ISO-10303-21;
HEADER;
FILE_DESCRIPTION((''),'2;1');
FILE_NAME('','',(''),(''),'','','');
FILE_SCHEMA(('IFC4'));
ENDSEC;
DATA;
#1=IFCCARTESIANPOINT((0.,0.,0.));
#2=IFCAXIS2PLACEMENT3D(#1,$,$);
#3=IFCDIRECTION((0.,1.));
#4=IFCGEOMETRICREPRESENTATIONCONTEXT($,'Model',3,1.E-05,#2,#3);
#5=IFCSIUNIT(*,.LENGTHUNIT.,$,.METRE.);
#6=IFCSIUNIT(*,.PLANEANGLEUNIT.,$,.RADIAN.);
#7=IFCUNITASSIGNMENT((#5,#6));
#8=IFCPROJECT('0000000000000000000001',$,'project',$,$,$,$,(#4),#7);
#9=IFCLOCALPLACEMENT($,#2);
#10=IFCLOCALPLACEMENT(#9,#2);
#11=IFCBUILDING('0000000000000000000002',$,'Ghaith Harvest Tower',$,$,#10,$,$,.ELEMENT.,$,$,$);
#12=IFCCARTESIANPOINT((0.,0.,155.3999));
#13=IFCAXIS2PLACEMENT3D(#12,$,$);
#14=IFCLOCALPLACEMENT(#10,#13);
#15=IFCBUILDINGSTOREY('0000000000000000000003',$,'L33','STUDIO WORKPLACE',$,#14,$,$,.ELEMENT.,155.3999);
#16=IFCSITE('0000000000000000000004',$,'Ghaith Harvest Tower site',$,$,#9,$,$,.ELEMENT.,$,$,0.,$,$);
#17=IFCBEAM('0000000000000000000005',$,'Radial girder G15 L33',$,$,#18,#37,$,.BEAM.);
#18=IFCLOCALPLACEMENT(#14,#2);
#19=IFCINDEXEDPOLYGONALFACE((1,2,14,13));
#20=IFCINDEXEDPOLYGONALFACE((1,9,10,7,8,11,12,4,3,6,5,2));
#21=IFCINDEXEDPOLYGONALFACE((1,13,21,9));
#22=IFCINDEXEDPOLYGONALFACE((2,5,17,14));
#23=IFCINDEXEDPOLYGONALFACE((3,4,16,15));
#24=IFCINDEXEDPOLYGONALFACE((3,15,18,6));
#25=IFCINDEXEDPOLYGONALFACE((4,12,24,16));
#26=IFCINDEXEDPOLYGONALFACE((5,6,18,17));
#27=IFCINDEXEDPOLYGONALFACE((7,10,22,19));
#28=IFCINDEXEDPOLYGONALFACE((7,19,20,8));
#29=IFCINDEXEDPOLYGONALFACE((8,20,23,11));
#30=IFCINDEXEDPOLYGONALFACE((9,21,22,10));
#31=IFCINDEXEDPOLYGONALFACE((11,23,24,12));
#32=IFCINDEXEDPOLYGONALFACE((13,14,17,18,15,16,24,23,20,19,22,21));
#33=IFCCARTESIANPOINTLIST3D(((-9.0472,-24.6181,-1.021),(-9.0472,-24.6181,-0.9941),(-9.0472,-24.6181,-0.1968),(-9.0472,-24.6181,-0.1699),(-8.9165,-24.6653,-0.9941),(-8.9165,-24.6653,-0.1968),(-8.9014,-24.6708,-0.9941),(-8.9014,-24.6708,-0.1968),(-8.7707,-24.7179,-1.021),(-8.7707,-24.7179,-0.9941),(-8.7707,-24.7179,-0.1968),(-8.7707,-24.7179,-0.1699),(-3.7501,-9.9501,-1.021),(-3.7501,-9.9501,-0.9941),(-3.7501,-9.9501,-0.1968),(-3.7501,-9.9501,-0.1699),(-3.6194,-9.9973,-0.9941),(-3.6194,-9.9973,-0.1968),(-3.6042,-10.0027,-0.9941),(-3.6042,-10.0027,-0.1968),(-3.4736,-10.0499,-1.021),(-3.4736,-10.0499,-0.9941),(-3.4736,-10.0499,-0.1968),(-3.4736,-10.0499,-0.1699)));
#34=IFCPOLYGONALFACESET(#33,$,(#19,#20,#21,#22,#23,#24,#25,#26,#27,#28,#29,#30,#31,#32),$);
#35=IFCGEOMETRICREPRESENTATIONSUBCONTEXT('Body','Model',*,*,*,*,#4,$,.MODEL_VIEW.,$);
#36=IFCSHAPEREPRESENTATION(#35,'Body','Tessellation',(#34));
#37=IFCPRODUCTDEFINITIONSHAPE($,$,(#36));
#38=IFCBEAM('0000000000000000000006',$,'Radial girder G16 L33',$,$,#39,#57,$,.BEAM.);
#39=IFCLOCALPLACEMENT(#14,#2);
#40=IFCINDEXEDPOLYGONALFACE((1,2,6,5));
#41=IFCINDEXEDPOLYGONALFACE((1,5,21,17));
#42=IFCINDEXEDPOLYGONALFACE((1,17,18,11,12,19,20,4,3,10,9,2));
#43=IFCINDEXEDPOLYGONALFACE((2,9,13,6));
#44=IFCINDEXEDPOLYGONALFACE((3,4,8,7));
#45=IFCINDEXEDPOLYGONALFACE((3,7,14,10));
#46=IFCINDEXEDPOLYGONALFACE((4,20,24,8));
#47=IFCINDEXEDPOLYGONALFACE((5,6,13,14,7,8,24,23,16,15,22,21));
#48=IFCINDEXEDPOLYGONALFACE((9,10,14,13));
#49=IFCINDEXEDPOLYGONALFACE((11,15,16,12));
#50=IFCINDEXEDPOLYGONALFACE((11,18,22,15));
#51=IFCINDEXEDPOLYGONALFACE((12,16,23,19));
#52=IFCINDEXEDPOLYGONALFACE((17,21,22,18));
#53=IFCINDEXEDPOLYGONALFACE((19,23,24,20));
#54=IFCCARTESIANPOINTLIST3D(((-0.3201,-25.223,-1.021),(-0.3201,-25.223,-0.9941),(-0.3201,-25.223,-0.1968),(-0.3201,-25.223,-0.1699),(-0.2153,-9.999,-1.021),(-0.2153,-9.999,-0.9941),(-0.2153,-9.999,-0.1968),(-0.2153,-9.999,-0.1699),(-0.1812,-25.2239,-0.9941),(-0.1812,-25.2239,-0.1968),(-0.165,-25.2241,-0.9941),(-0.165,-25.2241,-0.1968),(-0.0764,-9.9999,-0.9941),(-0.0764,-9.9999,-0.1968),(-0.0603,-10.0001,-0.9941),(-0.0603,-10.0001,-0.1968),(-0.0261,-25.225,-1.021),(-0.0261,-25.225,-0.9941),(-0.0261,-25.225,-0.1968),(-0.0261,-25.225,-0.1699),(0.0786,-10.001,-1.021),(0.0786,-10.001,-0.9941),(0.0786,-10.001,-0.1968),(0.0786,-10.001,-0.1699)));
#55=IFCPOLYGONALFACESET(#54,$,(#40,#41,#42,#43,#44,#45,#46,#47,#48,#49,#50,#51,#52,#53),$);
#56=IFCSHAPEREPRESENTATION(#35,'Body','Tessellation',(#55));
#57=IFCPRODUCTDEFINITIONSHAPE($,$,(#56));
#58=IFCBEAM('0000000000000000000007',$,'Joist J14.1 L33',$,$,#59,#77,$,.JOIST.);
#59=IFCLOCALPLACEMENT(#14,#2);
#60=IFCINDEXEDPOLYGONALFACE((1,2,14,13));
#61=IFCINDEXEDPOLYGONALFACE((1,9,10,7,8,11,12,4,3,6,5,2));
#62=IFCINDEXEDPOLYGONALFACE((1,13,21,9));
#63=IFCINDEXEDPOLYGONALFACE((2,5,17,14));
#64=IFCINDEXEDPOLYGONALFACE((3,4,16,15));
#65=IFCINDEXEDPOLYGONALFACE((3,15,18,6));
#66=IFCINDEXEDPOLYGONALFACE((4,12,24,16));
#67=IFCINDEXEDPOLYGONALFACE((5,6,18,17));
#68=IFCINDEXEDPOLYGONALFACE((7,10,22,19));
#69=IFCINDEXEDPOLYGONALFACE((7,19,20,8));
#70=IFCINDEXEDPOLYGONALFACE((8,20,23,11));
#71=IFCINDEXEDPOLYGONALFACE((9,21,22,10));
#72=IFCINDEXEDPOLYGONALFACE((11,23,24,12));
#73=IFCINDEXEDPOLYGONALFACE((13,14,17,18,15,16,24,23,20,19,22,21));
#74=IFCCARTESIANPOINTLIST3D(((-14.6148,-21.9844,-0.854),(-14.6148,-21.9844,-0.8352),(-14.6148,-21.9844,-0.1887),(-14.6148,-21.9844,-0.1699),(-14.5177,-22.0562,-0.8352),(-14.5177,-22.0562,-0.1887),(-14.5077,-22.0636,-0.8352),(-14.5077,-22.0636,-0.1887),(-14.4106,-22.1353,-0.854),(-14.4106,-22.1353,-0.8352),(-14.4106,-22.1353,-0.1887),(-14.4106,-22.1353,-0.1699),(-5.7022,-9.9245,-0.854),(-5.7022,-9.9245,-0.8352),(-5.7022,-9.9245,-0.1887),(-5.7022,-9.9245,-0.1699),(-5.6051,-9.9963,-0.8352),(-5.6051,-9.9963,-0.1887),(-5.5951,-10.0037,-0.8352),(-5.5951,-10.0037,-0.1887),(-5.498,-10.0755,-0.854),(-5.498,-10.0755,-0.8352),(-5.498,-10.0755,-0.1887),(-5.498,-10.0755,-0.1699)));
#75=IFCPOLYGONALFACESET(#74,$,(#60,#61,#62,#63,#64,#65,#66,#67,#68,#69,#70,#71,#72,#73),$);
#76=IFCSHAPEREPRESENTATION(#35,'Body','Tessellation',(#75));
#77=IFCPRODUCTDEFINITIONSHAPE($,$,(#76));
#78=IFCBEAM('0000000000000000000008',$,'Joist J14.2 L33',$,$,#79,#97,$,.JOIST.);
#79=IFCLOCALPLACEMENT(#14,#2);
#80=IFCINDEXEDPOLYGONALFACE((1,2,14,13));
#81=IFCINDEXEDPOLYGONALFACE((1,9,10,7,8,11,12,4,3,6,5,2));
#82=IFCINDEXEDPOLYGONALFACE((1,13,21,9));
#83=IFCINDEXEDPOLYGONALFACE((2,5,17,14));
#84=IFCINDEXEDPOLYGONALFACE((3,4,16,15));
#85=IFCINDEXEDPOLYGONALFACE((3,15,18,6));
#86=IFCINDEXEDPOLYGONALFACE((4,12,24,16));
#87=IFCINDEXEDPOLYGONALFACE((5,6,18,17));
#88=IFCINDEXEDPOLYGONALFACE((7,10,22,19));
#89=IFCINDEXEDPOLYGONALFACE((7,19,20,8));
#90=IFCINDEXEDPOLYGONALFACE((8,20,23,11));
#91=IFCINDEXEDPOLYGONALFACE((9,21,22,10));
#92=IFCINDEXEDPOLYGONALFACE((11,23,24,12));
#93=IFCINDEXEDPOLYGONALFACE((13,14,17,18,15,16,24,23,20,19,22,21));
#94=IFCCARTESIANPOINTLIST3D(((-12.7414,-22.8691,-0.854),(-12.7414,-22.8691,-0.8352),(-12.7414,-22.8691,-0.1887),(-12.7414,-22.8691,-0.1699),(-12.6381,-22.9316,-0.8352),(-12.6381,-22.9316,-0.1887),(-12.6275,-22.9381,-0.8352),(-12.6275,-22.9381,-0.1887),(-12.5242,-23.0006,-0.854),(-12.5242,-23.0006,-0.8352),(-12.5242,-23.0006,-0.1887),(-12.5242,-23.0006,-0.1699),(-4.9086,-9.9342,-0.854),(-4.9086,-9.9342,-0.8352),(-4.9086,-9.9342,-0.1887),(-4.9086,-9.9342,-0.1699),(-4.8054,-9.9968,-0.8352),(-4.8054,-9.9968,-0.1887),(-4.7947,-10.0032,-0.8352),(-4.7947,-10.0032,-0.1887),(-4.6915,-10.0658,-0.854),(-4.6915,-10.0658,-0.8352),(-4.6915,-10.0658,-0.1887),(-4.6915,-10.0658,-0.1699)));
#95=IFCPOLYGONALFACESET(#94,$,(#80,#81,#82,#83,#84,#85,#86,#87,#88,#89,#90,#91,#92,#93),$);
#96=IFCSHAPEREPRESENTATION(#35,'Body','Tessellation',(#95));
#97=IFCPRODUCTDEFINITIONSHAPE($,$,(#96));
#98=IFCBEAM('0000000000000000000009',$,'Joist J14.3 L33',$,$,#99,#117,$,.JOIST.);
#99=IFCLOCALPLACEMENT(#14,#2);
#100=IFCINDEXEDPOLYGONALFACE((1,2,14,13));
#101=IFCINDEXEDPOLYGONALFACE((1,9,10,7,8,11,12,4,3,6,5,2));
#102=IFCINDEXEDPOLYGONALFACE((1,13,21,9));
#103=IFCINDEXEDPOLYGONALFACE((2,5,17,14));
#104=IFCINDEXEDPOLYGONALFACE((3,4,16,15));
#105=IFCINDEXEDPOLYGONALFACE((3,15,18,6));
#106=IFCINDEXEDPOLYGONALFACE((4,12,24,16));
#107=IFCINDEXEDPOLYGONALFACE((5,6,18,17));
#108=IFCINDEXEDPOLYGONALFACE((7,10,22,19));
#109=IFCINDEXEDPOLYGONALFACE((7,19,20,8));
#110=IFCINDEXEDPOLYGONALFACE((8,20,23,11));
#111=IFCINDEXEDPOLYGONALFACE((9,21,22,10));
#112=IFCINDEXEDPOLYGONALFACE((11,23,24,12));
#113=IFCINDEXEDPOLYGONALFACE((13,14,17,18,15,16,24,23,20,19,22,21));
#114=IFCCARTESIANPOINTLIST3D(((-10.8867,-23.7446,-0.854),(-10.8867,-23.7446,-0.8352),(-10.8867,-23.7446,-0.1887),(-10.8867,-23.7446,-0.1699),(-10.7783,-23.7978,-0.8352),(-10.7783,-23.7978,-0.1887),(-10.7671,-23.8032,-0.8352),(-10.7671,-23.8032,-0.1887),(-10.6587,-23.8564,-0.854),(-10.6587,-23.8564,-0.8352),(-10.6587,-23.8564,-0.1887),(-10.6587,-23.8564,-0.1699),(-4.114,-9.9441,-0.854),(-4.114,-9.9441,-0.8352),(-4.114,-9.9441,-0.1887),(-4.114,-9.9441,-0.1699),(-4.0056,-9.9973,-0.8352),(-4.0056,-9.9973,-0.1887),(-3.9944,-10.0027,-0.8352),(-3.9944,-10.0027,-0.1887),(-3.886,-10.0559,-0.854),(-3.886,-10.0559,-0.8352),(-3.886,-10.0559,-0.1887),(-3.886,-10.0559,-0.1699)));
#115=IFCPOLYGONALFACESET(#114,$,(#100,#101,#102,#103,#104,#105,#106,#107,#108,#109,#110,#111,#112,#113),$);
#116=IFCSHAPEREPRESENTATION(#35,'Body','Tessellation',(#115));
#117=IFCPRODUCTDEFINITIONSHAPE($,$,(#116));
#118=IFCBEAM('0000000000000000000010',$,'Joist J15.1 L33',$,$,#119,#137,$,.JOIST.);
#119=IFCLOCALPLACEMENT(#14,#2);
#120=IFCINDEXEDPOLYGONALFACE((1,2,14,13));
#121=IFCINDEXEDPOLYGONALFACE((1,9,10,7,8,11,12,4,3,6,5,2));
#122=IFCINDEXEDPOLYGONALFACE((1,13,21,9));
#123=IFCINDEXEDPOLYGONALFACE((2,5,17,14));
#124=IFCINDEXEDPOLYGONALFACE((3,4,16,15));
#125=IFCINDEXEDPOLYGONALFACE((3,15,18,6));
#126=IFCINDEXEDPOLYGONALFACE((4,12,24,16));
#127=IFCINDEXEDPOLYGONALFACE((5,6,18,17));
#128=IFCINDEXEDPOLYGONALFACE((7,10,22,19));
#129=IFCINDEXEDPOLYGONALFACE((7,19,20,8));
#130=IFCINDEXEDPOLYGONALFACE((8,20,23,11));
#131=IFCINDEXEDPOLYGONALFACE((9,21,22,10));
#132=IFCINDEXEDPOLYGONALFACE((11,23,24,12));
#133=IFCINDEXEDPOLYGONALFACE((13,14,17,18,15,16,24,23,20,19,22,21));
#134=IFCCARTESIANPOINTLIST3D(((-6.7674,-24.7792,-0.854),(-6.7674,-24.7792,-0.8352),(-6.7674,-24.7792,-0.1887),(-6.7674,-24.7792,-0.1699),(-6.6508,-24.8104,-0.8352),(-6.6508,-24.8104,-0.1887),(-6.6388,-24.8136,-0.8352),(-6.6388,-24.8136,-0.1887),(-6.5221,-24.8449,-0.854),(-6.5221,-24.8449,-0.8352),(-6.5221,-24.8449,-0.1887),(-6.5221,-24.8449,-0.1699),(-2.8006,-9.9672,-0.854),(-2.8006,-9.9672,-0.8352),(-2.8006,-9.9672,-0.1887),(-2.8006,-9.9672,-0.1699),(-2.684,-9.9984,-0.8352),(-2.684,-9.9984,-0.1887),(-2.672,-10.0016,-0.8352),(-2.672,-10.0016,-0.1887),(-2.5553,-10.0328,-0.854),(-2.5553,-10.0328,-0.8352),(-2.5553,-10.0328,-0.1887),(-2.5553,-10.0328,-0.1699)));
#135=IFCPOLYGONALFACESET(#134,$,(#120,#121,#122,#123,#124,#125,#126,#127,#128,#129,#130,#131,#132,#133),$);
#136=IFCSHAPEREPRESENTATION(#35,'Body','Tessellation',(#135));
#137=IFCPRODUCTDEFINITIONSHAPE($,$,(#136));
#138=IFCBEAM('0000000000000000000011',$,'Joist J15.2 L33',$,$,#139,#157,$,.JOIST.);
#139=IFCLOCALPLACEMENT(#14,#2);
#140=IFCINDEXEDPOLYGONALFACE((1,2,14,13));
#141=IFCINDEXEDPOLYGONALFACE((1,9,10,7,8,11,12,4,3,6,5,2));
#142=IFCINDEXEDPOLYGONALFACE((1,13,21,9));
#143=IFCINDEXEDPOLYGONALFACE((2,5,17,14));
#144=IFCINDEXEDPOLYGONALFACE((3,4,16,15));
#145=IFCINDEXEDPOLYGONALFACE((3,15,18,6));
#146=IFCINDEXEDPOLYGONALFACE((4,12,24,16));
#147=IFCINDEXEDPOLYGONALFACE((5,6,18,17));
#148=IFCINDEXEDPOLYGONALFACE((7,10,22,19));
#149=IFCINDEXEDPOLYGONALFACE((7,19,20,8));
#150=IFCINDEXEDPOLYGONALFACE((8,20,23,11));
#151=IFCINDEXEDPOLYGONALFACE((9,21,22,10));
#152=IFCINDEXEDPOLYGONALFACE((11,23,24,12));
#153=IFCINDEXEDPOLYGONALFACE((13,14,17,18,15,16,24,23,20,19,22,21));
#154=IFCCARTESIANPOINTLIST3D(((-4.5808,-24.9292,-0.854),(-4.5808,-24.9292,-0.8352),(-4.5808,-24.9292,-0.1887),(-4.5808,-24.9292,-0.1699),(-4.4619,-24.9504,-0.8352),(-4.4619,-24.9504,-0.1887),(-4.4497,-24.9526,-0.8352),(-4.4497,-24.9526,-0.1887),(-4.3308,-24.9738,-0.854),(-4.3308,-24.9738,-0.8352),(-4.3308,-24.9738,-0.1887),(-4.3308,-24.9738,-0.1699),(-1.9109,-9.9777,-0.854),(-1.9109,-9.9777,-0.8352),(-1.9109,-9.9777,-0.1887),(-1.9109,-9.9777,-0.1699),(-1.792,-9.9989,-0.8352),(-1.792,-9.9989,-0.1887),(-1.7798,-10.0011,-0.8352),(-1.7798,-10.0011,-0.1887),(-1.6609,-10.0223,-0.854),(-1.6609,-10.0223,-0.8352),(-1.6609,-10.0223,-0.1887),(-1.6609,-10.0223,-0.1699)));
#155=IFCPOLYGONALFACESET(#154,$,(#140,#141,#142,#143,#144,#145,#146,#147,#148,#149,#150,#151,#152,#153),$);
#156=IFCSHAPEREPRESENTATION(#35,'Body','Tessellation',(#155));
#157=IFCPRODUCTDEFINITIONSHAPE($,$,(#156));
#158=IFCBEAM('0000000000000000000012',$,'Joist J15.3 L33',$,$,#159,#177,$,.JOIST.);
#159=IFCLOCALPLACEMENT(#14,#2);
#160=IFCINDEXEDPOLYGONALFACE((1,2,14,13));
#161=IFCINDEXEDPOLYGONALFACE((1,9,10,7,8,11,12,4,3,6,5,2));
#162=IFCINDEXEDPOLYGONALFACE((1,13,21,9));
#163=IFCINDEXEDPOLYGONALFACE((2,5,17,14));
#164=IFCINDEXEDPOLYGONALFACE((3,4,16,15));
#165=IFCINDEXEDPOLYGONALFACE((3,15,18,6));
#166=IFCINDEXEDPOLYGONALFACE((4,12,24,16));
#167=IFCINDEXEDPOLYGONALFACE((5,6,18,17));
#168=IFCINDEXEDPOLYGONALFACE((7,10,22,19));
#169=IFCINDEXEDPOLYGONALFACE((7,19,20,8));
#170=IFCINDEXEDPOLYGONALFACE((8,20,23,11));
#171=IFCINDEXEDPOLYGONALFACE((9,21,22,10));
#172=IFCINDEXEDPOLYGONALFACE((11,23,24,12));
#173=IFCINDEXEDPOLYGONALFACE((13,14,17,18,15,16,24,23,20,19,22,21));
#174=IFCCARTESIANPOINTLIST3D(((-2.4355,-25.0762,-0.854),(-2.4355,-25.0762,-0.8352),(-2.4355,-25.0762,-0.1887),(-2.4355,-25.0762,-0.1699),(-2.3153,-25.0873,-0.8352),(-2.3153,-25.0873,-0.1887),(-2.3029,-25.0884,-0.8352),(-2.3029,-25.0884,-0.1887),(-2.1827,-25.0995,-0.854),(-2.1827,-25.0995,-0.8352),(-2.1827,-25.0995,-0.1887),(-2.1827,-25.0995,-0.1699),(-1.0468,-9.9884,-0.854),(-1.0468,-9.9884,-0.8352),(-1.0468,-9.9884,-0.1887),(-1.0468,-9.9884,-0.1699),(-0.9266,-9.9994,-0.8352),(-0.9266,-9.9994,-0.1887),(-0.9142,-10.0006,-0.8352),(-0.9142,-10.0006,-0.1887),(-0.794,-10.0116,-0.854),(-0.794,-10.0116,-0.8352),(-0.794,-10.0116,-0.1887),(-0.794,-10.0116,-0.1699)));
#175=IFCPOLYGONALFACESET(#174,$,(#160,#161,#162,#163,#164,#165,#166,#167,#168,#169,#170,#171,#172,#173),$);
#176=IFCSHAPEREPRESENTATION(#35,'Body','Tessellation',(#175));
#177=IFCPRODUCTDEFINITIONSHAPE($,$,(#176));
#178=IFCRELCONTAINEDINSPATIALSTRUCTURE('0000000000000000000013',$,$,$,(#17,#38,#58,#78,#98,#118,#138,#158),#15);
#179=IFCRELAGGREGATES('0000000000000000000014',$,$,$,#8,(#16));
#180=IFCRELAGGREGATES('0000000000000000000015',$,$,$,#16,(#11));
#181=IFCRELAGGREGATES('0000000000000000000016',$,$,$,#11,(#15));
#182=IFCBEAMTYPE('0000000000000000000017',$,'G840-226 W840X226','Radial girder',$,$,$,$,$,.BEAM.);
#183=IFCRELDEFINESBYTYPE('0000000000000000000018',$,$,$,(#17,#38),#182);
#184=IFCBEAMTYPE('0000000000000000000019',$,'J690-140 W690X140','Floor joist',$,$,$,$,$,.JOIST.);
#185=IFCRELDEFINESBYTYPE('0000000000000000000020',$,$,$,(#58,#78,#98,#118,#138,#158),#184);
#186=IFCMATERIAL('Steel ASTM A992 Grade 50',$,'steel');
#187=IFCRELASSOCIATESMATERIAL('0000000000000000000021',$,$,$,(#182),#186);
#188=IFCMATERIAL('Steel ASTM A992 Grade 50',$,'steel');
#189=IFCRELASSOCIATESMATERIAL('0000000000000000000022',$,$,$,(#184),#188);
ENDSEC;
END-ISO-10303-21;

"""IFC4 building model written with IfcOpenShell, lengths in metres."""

from ifc_helpers import new_model, si_unit, direction, frame, origin, origin_2d, place, context, subcontext, project, spatial, i_section, extrude, material, material_profile, profile_set, type_object, element, save


model = new_model("IFC4")

# Units and contexts
model_context = context("Model", 3, precision=1e-05, world=origin(), true_north=direction((0.0, 1.0)))
body_context = subcontext(model_context, "Body", "Model", "MODEL_VIEW")
ifc_project = project(units=[si_unit("LENGTHUNIT", "METRE"), si_unit("PLANEANGLEUNIT", "RADIAN")], contexts=[model_context])

# Site, building, storey
site_placement = place(None, origin())
site = spatial("IfcSite", under=ifc_project, at=site_placement, Name="Ghaith Harvest Tower site", CompositionType="ELEMENT", RefElevation=0.0)
building_placement = place(site_placement, origin())
building = spatial("IfcBuilding", under=site, at=building_placement, Name="Ghaith Harvest Tower", CompositionType="ELEMENT")
storey_placement = place(building_placement, frame((0.0, 0.0, 155.3999)))
storey = spatial("IfcBuildingStorey", under=building, at=storey_placement, Name="L33", Description="STUDIO WORKPLACE", CompositionType="ELEMENT", Elevation=155.3999)

# Beams
ifc_material_1 = material(Name="Steel ASTM A992 Grade 50", Category="steel")
ifc_material_profile_1 = material_profile(ifc_material_1, i_section(OverallWidth=0.2939, OverallDepth=0.8511, WebThickness=0.0161, FlangeThickness=0.0269, at=origin_2d()), Name="W840X226")
ifc_profile_set_1 = profile_set([ifc_material_profile_1], Name="Steel ASTM A992 Grade 50")
beam_type_1 = type_object("IfcBeamType", Name="G840-226 W840X226", Description="Radial girder", PredefinedType="BEAM", material=ifc_profile_set_1)
beam_1_placement = place(storey_placement, frame((-3.6118, -10.0, -0.5955), z_axis=(-0.339664, -0.940547, 0.0), x_axis=(0.940547, -0.339664, 0.0)))
element("IfcBeam", 1, at=beam_1_placement, inside=storey, type_object=beam_type_1, Name="Radial girder G15 L33", PredefinedType="BEAM", context=body_context, shape_type="SweptSolid", body=[
    extrude(i_section(OverallWidth=0.2939, OverallDepth=0.8511, WebThickness=0.0161, FlangeThickness=0.0269, at=origin_2d()), origin(), (0.0, 0.0, 1.0), 15.5952),
])
beam_2_placement = place(storey_placement, frame((-0.0684, -10.0, -0.5955), z_axis=(-0.006879, -0.999976, 0.0), x_axis=(0.999976, -0.006879, 0.0)))
element("IfcBeam", 2, at=beam_2_placement, inside=storey, type_object=beam_type_1, Name="Radial girder G16 L33", PredefinedType="BEAM", context=body_context, shape_type="SweptSolid", body=[
    extrude(i_section(OverallWidth=0.2939, OverallDepth=0.8511, WebThickness=0.0161, FlangeThickness=0.0269, at=origin_2d()), origin(), (0.0, 0.0, 1.0), 15.2244),
])
ifc_material_2 = material(Name="Steel ASTM A992 Grade 50", Category="steel")
ifc_material_profile_2 = material_profile(ifc_material_2, i_section(OverallWidth=0.2539, OverallDepth=0.6841, WebThickness=0.0125, FlangeThickness=0.0188, at=origin_2d()), Name="W690X140")
ifc_profile_set_2 = profile_set([ifc_material_profile_2], Name="Steel ASTM A992 Grade 50")
beam_type_2 = type_object("IfcBeamType", Name="J690-140 W690X140", Description="Floor joist", PredefinedType="JOIST", material=ifc_profile_set_2)
beam_3_placement = place(storey_placement, frame((-5.6001, -10.0, -0.512), z_axis=(-0.59434, -0.804214, 0.0), x_axis=(0.804214, -0.59434, 0.0)))
element("IfcBeam", 3, at=beam_3_placement, inside=storey, type_object=beam_type_2, Name="Joist J14.1 L33", PredefinedType="JOIST", context=body_context, shape_type="SweptSolid", body=[
    extrude(i_section(OverallWidth=0.2539, OverallDepth=0.6841, WebThickness=0.0125, FlangeThickness=0.0188, at=origin_2d()), origin(), (0.0, 0.0, 1.0), 14.9958),
])
beam_4_placement = place(storey_placement, frame((-4.8, -10.0, -0.512), z_axis=(-0.517986, -0.855389, 0.0), x_axis=(0.855389, -0.517986, 0.0)))
element("IfcBeam", 4, at=beam_4_placement, inside=storey, type_object=beam_type_2, Name="Joist J14.2 L33", PredefinedType="JOIST", context=body_context, shape_type="SweptSolid", body=[
    extrude(i_section(OverallWidth=0.2539, OverallDepth=0.6841, WebThickness=0.0125, FlangeThickness=0.0188, at=origin_2d()), origin(), (0.0, 0.0, 1.0), 15.1216),
])
beam_5_placement = place(storey_placement, frame((-4.0, -10.0, -0.512), z_axis=(-0.440563, -0.897722, 0.0), x_axis=(0.897722, -0.440563, 0.0)))
element("IfcBeam", 5, at=beam_5_placement, inside=storey, type_object=beam_type_2, Name="Joist J14.3 L33", PredefinedType="JOIST", context=body_context, shape_type="SweptSolid", body=[
    extrude(i_section(OverallWidth=0.2539, OverallDepth=0.6841, WebThickness=0.0125, FlangeThickness=0.0188, at=origin_2d()), origin(), (0.0, 0.0, 1.0), 15.3728),
])
beam_6_placement = place(storey_placement, frame((-2.678, -10.0, -0.512), z_axis=(-0.258693, -0.96596, 0.0), x_axis=(0.96596, -0.258693, 0.0)))
element("IfcBeam", 6, at=beam_6_placement, inside=storey, type_object=beam_type_2, Name="Joist J15.1 L33", PredefinedType="JOIST", context=body_context, shape_type="SweptSolid", body=[
    extrude(i_section(OverallWidth=0.2539, OverallDepth=0.6841, WebThickness=0.0125, FlangeThickness=0.0188, at=origin_2d()), origin(), (0.0, 0.0, 1.0), 15.334),
])
beam_7_placement = place(storey_placement, frame((-1.7859, -10.0, -0.512), z_axis=(-0.175792, -0.984427, 0.0), x_axis=(0.984427, -0.175792, 0.0)))
element("IfcBeam", 7, at=beam_7_placement, inside=storey, type_object=beam_type_2, Name="Joist J15.2 L33", PredefinedType="JOIST", context=body_context, shape_type="SweptSolid", body=[
    extrude(i_section(OverallWidth=0.2539, OverallDepth=0.6841, WebThickness=0.0125, FlangeThickness=0.0188, at=origin_2d()), origin(), (0.0, 0.0, 1.0), 15.188),
])
beam_8_placement = place(storey_placement, frame((-0.9204, -10.0, -0.512), z_axis=(-0.091651, -0.995791, 0.0), x_axis=(0.995791, -0.091651, 0.0)))
element("IfcBeam", 8, at=beam_8_placement, inside=storey, type_object=beam_type_2, Name="Joist J15.3 L33", PredefinedType="JOIST", context=body_context, shape_type="SweptSolid", body=[
    extrude(i_section(OverallWidth=0.2539, OverallDepth=0.6841, WebThickness=0.0125, FlangeThickness=0.0188, at=origin_2d()), origin(), (0.0, 0.0, 1.0), 15.1516),
])

save(model, "model.ifc")
